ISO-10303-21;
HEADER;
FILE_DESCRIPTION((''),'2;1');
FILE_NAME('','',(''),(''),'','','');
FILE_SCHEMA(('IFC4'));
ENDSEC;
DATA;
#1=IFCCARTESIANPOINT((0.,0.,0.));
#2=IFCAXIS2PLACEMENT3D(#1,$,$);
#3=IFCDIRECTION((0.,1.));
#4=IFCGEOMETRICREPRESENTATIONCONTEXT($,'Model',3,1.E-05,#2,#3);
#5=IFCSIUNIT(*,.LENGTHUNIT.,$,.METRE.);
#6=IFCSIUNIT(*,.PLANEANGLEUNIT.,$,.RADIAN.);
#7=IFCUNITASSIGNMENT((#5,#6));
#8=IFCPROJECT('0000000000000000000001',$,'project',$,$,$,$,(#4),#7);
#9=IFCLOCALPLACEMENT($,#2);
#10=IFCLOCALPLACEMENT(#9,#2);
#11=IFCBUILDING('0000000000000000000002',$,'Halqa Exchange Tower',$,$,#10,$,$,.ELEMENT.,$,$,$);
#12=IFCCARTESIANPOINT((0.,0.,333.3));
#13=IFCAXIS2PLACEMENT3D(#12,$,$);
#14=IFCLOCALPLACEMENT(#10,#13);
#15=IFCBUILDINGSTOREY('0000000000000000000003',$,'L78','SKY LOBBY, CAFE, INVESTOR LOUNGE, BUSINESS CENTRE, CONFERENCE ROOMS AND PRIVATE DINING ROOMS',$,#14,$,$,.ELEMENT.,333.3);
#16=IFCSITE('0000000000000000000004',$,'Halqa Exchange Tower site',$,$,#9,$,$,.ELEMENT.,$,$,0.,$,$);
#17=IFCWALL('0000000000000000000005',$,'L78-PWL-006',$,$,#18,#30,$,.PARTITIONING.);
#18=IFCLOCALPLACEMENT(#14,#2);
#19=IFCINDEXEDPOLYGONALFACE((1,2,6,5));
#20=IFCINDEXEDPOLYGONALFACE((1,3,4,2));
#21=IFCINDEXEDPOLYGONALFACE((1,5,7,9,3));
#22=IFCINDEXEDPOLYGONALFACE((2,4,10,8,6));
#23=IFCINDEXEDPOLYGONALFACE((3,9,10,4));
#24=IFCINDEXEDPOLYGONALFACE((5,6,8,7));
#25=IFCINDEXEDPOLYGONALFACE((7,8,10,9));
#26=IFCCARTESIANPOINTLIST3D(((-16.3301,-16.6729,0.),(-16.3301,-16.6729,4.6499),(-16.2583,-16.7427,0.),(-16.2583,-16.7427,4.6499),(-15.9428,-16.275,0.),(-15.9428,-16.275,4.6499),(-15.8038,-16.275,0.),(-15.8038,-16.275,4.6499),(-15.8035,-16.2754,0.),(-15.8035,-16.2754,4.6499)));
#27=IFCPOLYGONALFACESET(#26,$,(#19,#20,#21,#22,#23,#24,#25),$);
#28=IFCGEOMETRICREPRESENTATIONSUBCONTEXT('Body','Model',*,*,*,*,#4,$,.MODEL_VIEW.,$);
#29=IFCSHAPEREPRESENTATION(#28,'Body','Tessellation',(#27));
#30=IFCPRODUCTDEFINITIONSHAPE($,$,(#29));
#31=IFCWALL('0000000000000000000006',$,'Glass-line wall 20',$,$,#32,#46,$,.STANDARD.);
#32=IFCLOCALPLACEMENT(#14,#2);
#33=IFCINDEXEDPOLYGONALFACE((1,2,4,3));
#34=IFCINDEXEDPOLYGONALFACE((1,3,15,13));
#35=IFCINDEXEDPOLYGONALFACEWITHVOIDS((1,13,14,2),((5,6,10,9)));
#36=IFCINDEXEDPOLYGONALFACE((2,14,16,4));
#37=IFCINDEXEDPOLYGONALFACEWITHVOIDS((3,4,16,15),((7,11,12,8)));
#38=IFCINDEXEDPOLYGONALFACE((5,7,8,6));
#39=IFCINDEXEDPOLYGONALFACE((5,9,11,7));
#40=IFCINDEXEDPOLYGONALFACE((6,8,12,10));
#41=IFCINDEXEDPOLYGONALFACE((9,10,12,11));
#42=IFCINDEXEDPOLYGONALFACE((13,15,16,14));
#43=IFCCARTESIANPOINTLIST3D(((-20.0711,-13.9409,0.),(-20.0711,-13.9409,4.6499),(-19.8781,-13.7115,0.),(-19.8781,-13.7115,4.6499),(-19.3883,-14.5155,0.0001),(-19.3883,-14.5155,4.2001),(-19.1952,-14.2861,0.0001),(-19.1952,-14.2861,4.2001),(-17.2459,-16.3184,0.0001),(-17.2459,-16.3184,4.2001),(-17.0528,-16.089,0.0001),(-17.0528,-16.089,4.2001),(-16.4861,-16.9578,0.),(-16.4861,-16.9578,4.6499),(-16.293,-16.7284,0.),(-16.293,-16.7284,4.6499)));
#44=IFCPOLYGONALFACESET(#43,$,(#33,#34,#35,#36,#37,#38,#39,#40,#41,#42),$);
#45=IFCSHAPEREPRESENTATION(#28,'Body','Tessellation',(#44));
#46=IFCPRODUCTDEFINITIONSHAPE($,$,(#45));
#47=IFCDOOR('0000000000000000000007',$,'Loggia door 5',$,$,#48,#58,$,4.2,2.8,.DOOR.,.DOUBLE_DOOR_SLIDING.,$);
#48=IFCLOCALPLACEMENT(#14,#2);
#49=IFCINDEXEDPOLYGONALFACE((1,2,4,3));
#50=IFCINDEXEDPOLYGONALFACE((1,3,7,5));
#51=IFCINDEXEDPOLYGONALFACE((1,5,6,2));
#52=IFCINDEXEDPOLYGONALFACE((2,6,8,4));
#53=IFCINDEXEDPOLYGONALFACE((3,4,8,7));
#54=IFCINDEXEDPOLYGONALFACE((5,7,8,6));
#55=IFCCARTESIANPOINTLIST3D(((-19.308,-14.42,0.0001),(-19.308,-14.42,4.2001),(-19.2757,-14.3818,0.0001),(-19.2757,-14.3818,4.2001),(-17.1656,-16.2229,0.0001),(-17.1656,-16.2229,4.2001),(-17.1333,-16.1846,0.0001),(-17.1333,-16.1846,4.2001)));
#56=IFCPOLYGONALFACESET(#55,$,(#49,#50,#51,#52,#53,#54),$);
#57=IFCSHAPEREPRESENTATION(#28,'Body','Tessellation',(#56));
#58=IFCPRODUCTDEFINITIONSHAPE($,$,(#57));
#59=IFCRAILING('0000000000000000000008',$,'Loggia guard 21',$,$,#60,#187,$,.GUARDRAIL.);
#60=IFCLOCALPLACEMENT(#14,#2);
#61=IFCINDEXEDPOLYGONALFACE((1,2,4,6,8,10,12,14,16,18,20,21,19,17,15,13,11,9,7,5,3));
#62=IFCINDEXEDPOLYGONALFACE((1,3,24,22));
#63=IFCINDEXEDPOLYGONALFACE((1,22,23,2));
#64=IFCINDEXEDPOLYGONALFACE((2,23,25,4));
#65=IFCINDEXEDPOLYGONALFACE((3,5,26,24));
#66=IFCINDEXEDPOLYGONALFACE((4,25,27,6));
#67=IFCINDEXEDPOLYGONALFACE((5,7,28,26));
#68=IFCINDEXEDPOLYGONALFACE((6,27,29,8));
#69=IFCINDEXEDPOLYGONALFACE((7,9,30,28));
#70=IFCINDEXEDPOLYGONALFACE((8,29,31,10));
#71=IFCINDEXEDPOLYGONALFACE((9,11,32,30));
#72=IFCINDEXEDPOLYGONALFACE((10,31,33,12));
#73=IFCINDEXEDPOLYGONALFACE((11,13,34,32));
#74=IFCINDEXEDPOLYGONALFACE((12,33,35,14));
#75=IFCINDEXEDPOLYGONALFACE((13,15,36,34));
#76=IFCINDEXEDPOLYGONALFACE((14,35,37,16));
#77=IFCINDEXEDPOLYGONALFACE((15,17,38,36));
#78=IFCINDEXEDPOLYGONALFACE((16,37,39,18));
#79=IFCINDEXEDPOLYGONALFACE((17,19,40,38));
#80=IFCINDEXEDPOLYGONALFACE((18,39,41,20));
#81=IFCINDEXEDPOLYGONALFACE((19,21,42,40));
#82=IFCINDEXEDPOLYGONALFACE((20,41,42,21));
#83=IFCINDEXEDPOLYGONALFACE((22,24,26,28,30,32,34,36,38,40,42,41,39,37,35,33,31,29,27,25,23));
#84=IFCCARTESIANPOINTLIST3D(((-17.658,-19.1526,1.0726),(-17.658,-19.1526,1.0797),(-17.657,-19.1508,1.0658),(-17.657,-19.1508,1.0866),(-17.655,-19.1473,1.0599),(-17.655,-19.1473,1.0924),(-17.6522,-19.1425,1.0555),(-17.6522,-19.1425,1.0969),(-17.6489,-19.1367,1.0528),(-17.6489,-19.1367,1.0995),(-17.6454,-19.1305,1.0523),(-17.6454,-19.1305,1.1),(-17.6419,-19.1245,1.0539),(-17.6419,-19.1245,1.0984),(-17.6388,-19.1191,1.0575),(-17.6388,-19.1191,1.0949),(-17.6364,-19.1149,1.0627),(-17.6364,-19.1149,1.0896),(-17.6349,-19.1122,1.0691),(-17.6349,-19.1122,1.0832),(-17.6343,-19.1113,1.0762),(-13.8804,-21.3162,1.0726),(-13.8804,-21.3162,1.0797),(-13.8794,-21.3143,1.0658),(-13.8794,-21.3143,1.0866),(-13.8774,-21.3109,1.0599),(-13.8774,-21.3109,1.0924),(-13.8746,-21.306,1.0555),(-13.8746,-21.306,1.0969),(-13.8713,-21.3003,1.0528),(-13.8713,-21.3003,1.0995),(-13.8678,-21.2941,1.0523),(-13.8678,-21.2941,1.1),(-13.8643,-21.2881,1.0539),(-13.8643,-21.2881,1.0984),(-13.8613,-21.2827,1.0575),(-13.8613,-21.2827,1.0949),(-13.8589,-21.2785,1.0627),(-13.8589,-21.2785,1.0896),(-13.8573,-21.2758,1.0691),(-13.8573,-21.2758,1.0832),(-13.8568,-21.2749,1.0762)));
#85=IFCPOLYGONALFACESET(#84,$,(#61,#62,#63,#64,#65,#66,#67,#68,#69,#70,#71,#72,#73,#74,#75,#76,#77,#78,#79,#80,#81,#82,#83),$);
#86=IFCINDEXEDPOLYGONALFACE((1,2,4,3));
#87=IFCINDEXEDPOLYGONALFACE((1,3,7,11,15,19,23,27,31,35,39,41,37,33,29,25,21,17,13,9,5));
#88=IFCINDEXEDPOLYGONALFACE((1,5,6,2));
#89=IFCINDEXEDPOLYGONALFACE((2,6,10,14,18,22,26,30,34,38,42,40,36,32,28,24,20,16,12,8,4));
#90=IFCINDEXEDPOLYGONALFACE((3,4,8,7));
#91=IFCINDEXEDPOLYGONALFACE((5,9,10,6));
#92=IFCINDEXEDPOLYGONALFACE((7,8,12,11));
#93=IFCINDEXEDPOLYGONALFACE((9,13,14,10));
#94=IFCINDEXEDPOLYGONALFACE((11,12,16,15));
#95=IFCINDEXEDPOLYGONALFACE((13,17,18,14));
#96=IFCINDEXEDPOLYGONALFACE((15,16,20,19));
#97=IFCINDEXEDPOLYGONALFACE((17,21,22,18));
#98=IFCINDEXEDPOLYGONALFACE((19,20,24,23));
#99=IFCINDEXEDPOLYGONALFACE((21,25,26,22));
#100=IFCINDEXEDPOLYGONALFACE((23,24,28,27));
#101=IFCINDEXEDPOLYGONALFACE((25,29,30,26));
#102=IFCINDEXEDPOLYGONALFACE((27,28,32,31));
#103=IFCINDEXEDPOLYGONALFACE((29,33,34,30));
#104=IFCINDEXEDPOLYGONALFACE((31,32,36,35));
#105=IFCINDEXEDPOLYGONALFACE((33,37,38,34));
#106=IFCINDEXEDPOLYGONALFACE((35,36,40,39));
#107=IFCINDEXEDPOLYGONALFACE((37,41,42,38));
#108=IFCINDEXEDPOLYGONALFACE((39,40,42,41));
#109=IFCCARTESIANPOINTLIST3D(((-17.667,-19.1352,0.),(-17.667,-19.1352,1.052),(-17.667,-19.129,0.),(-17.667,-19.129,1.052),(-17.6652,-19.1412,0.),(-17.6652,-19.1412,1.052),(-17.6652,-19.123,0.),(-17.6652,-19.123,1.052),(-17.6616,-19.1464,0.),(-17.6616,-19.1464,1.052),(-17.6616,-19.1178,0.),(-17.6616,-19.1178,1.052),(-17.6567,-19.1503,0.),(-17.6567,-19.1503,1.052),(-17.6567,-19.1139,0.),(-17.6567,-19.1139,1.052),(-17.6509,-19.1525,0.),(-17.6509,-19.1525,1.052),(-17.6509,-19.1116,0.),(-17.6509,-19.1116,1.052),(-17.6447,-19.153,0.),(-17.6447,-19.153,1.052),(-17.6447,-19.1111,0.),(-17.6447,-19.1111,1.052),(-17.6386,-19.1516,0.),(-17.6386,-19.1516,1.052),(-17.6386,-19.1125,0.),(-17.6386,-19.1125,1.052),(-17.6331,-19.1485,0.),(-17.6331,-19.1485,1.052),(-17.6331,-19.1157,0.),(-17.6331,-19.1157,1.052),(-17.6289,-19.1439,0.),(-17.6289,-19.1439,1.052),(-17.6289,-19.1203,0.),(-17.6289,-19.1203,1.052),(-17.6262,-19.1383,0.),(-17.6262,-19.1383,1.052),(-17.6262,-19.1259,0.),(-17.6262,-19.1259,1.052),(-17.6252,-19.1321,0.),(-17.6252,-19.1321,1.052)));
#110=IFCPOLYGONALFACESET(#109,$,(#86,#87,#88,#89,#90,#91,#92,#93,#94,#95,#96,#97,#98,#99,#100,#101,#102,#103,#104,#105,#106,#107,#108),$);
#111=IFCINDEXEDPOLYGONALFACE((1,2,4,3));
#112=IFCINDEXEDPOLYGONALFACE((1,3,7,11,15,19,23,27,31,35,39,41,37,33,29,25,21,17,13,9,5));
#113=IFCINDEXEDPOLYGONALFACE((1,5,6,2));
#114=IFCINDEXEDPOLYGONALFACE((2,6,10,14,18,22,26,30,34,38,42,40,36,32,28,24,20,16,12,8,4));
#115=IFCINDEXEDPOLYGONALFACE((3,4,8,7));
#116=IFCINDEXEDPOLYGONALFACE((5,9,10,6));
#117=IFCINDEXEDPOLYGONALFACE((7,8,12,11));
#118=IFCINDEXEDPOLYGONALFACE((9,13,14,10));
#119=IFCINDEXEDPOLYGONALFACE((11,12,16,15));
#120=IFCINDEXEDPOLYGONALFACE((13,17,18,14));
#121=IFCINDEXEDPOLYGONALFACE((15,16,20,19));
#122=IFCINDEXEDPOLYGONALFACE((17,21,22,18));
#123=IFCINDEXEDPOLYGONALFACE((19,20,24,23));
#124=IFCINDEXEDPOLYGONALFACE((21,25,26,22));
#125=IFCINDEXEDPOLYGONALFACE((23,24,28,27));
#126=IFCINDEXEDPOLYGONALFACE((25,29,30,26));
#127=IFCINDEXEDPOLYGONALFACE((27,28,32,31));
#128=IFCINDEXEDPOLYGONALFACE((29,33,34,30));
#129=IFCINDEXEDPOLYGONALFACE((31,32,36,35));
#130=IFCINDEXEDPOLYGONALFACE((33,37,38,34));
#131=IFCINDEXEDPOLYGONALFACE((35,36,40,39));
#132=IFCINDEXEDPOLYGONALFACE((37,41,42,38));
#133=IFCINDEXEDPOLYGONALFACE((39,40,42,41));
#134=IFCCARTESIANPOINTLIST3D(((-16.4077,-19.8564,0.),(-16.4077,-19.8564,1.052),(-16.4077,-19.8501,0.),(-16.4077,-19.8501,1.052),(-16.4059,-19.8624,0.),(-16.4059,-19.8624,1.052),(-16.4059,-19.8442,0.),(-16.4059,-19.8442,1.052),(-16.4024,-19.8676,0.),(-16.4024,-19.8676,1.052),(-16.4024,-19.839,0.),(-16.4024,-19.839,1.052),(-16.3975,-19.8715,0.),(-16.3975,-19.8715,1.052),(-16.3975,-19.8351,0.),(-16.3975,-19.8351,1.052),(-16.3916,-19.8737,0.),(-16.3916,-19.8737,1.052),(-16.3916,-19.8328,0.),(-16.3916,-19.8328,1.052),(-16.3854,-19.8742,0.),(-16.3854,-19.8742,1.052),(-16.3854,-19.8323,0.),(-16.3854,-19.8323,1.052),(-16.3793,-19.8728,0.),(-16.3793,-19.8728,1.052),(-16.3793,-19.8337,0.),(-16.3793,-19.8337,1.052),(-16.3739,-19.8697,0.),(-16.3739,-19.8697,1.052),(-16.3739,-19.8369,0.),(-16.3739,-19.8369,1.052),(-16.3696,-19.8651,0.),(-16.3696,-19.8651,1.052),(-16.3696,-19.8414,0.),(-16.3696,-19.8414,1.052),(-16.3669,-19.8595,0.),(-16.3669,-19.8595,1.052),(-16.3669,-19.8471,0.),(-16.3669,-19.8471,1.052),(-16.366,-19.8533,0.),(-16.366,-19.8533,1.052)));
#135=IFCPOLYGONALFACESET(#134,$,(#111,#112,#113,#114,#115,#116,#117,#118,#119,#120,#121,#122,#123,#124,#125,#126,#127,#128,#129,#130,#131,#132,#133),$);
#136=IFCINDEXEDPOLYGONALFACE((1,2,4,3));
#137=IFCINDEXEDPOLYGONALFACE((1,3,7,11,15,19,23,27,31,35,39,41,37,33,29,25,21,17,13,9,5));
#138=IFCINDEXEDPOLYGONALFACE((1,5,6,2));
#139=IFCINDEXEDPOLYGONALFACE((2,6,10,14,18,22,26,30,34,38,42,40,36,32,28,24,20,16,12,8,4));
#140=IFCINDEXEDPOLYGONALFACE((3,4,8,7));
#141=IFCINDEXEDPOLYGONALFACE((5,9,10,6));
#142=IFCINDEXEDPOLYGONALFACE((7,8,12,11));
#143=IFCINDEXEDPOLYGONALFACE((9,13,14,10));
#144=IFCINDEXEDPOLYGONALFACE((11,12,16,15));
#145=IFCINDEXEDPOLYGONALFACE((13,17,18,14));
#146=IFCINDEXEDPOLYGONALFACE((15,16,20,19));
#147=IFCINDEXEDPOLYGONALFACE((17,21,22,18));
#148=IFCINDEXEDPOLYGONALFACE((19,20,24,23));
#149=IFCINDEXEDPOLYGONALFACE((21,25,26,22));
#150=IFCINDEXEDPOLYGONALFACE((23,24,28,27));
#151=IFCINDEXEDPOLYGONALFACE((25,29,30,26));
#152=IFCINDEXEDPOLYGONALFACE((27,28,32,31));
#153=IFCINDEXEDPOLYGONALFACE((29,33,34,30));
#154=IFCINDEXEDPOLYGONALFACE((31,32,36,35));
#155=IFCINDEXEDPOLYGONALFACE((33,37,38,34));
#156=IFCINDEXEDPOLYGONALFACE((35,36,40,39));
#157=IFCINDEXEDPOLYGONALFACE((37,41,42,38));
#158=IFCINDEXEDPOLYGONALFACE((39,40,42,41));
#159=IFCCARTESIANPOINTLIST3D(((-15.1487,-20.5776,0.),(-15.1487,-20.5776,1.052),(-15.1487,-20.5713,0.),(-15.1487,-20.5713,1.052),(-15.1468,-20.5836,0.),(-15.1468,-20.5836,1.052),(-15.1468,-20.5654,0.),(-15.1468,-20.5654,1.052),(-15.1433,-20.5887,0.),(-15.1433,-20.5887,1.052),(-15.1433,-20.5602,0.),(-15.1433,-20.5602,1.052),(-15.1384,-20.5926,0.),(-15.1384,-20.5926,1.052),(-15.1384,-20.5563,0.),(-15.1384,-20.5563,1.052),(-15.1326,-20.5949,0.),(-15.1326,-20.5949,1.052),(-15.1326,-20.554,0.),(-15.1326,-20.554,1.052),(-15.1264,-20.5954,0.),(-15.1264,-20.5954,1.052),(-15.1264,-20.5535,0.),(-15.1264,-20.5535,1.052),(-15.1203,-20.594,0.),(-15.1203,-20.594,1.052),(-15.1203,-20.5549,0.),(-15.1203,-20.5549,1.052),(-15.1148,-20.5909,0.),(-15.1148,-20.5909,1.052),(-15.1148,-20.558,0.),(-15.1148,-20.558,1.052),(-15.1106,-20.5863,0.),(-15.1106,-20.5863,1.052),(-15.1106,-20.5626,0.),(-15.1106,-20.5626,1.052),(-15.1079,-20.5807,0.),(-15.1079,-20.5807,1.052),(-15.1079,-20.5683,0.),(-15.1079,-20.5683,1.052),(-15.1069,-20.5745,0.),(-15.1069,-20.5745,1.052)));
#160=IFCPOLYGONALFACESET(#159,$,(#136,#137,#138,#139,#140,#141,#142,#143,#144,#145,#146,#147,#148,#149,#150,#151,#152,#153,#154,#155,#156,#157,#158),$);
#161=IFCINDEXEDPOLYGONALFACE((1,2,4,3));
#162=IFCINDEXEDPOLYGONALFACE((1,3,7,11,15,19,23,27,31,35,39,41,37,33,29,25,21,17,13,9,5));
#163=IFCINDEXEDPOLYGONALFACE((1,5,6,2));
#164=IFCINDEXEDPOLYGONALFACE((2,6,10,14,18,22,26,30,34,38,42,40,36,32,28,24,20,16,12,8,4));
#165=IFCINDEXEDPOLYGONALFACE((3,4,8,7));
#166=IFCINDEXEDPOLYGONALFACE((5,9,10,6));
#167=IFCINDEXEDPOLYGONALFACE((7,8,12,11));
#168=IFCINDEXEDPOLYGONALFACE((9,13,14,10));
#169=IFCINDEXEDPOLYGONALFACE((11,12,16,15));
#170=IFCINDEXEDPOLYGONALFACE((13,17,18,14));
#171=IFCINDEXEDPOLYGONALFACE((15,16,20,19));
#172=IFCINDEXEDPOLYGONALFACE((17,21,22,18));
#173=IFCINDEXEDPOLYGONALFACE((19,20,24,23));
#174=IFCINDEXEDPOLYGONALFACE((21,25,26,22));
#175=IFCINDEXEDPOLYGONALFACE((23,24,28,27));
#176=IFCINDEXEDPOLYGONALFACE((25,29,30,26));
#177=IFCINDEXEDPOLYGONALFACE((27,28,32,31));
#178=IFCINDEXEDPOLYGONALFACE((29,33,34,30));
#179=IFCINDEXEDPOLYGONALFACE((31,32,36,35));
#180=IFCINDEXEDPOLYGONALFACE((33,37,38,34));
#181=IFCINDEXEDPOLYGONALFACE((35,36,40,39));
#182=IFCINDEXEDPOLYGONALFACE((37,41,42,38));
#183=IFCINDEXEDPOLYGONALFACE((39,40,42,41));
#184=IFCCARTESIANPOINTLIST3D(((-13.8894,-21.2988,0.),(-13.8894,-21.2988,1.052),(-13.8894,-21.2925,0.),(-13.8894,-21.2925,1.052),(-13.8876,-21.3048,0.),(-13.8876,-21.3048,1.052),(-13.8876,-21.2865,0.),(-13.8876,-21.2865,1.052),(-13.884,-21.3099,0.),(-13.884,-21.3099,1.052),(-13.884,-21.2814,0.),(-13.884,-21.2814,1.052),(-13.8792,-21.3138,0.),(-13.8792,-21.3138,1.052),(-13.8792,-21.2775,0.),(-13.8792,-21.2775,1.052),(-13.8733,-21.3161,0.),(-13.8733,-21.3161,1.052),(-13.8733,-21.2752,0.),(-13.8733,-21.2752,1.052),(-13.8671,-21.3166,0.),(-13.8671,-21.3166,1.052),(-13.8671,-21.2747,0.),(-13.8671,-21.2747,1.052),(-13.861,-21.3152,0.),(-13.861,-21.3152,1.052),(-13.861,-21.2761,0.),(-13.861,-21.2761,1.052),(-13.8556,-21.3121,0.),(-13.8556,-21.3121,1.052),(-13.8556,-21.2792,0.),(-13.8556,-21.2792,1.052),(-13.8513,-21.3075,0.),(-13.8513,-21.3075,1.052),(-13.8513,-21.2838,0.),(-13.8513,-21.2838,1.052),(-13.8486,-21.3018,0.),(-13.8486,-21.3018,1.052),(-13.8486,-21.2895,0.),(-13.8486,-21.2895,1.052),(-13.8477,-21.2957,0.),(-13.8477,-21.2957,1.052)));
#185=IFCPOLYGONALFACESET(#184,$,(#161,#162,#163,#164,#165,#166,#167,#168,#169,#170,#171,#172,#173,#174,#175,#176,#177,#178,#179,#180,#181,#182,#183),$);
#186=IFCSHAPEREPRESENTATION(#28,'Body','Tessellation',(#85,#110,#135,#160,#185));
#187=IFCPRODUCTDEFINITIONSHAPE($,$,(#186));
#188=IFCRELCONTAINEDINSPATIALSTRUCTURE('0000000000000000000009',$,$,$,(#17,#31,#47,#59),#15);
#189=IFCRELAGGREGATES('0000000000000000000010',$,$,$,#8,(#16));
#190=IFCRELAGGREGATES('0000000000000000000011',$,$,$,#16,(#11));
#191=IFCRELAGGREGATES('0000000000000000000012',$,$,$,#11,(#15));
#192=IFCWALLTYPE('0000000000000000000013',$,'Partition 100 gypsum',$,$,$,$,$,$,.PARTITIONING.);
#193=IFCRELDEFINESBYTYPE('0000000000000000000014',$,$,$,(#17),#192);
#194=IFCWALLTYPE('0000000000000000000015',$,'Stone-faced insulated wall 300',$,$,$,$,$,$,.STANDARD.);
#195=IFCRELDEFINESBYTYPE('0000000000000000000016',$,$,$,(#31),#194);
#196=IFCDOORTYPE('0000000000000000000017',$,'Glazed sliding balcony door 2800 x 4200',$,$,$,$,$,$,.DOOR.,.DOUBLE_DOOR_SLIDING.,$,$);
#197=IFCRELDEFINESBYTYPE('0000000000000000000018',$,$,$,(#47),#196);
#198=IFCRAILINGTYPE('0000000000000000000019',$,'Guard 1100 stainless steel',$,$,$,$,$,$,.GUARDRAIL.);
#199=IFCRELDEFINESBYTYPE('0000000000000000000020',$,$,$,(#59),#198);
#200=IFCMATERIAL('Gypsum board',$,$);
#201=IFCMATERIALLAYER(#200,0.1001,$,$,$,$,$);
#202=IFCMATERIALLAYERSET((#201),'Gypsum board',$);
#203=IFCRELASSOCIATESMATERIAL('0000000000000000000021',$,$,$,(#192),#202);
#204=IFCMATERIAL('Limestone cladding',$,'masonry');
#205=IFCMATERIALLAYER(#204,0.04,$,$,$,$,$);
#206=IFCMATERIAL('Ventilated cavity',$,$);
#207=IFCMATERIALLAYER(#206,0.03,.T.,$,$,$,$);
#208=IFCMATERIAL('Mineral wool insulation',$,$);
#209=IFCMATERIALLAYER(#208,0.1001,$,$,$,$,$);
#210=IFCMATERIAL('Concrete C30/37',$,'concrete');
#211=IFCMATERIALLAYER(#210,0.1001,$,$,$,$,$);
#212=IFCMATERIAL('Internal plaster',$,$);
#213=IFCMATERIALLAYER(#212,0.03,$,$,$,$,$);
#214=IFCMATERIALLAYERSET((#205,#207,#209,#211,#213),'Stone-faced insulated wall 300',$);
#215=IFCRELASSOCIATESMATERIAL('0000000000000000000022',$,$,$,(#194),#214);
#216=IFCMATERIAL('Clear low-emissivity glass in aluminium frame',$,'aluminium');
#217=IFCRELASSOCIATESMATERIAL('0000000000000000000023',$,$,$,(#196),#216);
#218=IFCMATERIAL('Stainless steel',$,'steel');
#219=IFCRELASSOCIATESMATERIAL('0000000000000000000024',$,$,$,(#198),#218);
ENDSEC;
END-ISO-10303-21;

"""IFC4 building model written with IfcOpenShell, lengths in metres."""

from ifc_helpers import new_model, si_unit, direction, frame, frame_2d, origin, origin_2d, place, context, subcontext, project, spatial, polyline, rectangle, circle, outline, extrude, material, layer, layer_set, type_object, element, fill, save


model = new_model("IFC4")

# Units and contexts
model_context = context("Model", 3, precision=1e-05, world=origin(), true_north=direction((0.0, 1.0)))
body_context = subcontext(model_context, "Body", "Model", "MODEL_VIEW")
ifc_project = project(units=[si_unit("LENGTHUNIT", "METRE"), si_unit("PLANEANGLEUNIT", "RADIAN")], contexts=[model_context])

# Site, building, storey
site_placement = place(None, origin())
site = spatial("IfcSite", under=ifc_project, at=site_placement, Name="Halqa Exchange Tower site", CompositionType="ELEMENT", RefElevation=0.0)
building_placement = place(site_placement, origin())
building = spatial("IfcBuilding", under=site, at=building_placement, Name="Halqa Exchange Tower", CompositionType="ELEMENT")
storey_placement = place(building_placement, frame((0.0, 0.0, 333.3)))
storey = spatial("IfcBuildingStorey", under=building, at=storey_placement, Name="L78", Description="SKY LOBBY, CAFE, INVESTOR LOUNGE, BUSINESS CENTRE, CONFERENCE ROOMS AND PRIVATE DINING ROOMS", CompositionType="ELEMENT", Elevation=333.3)

# Wall
ifc_material_1 = material(Name="Gypsum board")
ifc_layer_1 = layer(ifc_material_1, 0.1001)
ifc_layer_set_1 = layer_set([ifc_layer_1], Name="Gypsum board")
wall_type_1 = type_object("IfcWallType", Name="Partition 100 gypsum", PredefinedType="PARTITIONING", material=ifc_layer_set_1)
wall_1_placement = place(storey_placement, frame((-15.8394, -16.2405, 0.0), z_axis=(0.0, 0.0, 1.0), x_axis=(-0.697495, -0.716589, 0.0)))
element("IfcWall", 1, at=wall_1_placement, inside=storey, type_object=wall_type_1, Name="L78-PWL-006", PredefinedType="PARTITIONING", context=body_context, shape_type="SweptSolid", body=[
    extrude(outline(polyline([(0.0, 0.05), (0.0, 0.0496), (0.0969, -0.05), (0.6521, -0.05), (0.6521, 0.05), (0.0, 0.05)])), origin(), (0.0, 0.0, 1.0), 4.6499),
])

# Wall, opening, door
ifc_material_2 = material(Name="Limestone cladding", Category="masonry")
ifc_layer_2 = layer(ifc_material_2, 0.04)
ifc_material_3 = material(Name="Ventilated cavity")
ifc_layer_3 = layer(ifc_material_3, 0.03, ventilated=True)
ifc_material_4 = material(Name="Mineral wool insulation")
ifc_layer_4 = layer(ifc_material_4, 0.1001)
ifc_material_5 = material(Name="Concrete C30/37", Category="concrete")
ifc_layer_5 = layer(ifc_material_5, 0.1001)
ifc_material_6 = material(Name="Internal plaster")
ifc_layer_6 = layer(ifc_material_6, 0.03)
ifc_layer_set_2 = layer_set([ifc_layer_2, ifc_layer_3, ifc_layer_4, ifc_layer_5, ifc_layer_6], Name="Stone-faced insulated wall 300")
wall_type_2 = type_object("IfcWallType", Name="Stone-faced insulated wall 300", PredefinedType="STANDARD", material=ifc_layer_set_2)
wall_2_placement = place(storey_placement, frame((-19.9746, -13.8262, 0.0), z_axis=(0.0, 0.0, 1.0), x_axis=(0.765129, -0.643877, 0.0)))
wall_2 = element("IfcWall", 2, at=wall_2_placement, inside=storey, type_object=wall_type_2, Name="Glass-line wall 20", PredefinedType="STANDARD", context=body_context, shape_type="SweptSolid", body=[
    extrude(outline(polyline([(0.0, -0.1499), (4.6855, -0.1499), (4.6855, 0.1499), (0.0, 0.1499), (0.0, -0.1499)])), origin(), (0.0, 0.0, 1.0), 4.6499),
])
opening_1_placement = place(wall_2_placement, frame((0.8926, 0.0, 0.0)))
opening_1 = element("IfcOpeningElement", 3, at=opening_1_placement, cuts=wall_2, PredefinedType="OPENING", context=body_context, shape_type="SweptSolid", body=[
    extrude(rectangle(XDim=2.8, YDim=4.2, at=frame_2d((1.3999, 2.1001))), frame((0.0, 0.1621, 0.0), z_axis=(0.0, -1.0, 0.0), x_axis=(1.0, 0.0, 0.0)), (0.0, 0.0, 1.0), 0.324),
])
ifc_material_7 = material(Name="Clear low-emissivity glass in aluminium frame", Category="aluminium")
door_type_1 = type_object("IfcDoorType", Name="Glazed sliding balcony door 2800 x 4200", OperationType="DOUBLE_DOOR_SLIDING", PredefinedType="DOOR", material=ifc_material_7)
door_1_placement = place(opening_1_placement, origin())
door_1 = element("IfcDoor", 4, at=door_1_placement, inside=storey, type_object=door_type_1, Name="Loggia door 5", OperationType="DOUBLE_DOOR_SLIDING", OverallHeight=4.2, OverallWidth=2.8, PredefinedType="DOOR", context=body_context, shape_type="SweptSolid", body=[
    extrude(rectangle(XDim=2.8, YDim=4.2, at=frame_2d((1.3999, 2.1001))), frame((0.0, 0.0249, 0.0), z_axis=(0.0, -1.0, 0.0), x_axis=(1.0, 0.0, 0.0)), (0.0, 0.0, 1.0), 0.05),
])
fill(opening_1, door_1)

# Railing
ifc_material_8 = material(Name="Stainless steel", Category="steel")
railing_type = type_object("IfcRailingType", Name="Guard 1100 stainless steel", PredefinedType="GUARDRAIL", material=ifc_material_8)
railing_placement = place(storey_placement, frame((-17.6462, -19.1321, 0.0)))
element("IfcRailing", 5, at=railing_placement, inside=storey, type_object=railing_type, Name="Loggia guard 21", PredefinedType="GUARDRAIL", context=body_context, shape_type="SweptSolid", body=[
    extrude(circle(Radius=0.0239, at=origin_2d()), frame((0.0, 0.0, 1.0762), z_axis=(0.867753, -0.496996, 0.0), x_axis=(0.496996, 0.867753, 0.0)), (0.0, 0.0, 1.0), 4.3533),
    extrude(circle(Radius=0.021, at=origin_2d()), origin(), (0.0, 0.0, 1.0), 1.052),
    extrude(circle(Radius=0.021, at=origin_2d()), frame((1.2593, -0.7212, 0.0)), (0.0, 0.0, 1.0), 1.052),
    extrude(circle(Radius=0.021, at=origin_2d()), frame((2.5183, -1.4424, 0.0)), (0.0, 0.0, 1.0), 1.052),
    extrude(circle(Radius=0.021, at=origin_2d()), frame((3.7776, -2.1636, 0.0)), (0.0, 0.0, 1.0), 1.052),
])

save(model, "model.ifc")
